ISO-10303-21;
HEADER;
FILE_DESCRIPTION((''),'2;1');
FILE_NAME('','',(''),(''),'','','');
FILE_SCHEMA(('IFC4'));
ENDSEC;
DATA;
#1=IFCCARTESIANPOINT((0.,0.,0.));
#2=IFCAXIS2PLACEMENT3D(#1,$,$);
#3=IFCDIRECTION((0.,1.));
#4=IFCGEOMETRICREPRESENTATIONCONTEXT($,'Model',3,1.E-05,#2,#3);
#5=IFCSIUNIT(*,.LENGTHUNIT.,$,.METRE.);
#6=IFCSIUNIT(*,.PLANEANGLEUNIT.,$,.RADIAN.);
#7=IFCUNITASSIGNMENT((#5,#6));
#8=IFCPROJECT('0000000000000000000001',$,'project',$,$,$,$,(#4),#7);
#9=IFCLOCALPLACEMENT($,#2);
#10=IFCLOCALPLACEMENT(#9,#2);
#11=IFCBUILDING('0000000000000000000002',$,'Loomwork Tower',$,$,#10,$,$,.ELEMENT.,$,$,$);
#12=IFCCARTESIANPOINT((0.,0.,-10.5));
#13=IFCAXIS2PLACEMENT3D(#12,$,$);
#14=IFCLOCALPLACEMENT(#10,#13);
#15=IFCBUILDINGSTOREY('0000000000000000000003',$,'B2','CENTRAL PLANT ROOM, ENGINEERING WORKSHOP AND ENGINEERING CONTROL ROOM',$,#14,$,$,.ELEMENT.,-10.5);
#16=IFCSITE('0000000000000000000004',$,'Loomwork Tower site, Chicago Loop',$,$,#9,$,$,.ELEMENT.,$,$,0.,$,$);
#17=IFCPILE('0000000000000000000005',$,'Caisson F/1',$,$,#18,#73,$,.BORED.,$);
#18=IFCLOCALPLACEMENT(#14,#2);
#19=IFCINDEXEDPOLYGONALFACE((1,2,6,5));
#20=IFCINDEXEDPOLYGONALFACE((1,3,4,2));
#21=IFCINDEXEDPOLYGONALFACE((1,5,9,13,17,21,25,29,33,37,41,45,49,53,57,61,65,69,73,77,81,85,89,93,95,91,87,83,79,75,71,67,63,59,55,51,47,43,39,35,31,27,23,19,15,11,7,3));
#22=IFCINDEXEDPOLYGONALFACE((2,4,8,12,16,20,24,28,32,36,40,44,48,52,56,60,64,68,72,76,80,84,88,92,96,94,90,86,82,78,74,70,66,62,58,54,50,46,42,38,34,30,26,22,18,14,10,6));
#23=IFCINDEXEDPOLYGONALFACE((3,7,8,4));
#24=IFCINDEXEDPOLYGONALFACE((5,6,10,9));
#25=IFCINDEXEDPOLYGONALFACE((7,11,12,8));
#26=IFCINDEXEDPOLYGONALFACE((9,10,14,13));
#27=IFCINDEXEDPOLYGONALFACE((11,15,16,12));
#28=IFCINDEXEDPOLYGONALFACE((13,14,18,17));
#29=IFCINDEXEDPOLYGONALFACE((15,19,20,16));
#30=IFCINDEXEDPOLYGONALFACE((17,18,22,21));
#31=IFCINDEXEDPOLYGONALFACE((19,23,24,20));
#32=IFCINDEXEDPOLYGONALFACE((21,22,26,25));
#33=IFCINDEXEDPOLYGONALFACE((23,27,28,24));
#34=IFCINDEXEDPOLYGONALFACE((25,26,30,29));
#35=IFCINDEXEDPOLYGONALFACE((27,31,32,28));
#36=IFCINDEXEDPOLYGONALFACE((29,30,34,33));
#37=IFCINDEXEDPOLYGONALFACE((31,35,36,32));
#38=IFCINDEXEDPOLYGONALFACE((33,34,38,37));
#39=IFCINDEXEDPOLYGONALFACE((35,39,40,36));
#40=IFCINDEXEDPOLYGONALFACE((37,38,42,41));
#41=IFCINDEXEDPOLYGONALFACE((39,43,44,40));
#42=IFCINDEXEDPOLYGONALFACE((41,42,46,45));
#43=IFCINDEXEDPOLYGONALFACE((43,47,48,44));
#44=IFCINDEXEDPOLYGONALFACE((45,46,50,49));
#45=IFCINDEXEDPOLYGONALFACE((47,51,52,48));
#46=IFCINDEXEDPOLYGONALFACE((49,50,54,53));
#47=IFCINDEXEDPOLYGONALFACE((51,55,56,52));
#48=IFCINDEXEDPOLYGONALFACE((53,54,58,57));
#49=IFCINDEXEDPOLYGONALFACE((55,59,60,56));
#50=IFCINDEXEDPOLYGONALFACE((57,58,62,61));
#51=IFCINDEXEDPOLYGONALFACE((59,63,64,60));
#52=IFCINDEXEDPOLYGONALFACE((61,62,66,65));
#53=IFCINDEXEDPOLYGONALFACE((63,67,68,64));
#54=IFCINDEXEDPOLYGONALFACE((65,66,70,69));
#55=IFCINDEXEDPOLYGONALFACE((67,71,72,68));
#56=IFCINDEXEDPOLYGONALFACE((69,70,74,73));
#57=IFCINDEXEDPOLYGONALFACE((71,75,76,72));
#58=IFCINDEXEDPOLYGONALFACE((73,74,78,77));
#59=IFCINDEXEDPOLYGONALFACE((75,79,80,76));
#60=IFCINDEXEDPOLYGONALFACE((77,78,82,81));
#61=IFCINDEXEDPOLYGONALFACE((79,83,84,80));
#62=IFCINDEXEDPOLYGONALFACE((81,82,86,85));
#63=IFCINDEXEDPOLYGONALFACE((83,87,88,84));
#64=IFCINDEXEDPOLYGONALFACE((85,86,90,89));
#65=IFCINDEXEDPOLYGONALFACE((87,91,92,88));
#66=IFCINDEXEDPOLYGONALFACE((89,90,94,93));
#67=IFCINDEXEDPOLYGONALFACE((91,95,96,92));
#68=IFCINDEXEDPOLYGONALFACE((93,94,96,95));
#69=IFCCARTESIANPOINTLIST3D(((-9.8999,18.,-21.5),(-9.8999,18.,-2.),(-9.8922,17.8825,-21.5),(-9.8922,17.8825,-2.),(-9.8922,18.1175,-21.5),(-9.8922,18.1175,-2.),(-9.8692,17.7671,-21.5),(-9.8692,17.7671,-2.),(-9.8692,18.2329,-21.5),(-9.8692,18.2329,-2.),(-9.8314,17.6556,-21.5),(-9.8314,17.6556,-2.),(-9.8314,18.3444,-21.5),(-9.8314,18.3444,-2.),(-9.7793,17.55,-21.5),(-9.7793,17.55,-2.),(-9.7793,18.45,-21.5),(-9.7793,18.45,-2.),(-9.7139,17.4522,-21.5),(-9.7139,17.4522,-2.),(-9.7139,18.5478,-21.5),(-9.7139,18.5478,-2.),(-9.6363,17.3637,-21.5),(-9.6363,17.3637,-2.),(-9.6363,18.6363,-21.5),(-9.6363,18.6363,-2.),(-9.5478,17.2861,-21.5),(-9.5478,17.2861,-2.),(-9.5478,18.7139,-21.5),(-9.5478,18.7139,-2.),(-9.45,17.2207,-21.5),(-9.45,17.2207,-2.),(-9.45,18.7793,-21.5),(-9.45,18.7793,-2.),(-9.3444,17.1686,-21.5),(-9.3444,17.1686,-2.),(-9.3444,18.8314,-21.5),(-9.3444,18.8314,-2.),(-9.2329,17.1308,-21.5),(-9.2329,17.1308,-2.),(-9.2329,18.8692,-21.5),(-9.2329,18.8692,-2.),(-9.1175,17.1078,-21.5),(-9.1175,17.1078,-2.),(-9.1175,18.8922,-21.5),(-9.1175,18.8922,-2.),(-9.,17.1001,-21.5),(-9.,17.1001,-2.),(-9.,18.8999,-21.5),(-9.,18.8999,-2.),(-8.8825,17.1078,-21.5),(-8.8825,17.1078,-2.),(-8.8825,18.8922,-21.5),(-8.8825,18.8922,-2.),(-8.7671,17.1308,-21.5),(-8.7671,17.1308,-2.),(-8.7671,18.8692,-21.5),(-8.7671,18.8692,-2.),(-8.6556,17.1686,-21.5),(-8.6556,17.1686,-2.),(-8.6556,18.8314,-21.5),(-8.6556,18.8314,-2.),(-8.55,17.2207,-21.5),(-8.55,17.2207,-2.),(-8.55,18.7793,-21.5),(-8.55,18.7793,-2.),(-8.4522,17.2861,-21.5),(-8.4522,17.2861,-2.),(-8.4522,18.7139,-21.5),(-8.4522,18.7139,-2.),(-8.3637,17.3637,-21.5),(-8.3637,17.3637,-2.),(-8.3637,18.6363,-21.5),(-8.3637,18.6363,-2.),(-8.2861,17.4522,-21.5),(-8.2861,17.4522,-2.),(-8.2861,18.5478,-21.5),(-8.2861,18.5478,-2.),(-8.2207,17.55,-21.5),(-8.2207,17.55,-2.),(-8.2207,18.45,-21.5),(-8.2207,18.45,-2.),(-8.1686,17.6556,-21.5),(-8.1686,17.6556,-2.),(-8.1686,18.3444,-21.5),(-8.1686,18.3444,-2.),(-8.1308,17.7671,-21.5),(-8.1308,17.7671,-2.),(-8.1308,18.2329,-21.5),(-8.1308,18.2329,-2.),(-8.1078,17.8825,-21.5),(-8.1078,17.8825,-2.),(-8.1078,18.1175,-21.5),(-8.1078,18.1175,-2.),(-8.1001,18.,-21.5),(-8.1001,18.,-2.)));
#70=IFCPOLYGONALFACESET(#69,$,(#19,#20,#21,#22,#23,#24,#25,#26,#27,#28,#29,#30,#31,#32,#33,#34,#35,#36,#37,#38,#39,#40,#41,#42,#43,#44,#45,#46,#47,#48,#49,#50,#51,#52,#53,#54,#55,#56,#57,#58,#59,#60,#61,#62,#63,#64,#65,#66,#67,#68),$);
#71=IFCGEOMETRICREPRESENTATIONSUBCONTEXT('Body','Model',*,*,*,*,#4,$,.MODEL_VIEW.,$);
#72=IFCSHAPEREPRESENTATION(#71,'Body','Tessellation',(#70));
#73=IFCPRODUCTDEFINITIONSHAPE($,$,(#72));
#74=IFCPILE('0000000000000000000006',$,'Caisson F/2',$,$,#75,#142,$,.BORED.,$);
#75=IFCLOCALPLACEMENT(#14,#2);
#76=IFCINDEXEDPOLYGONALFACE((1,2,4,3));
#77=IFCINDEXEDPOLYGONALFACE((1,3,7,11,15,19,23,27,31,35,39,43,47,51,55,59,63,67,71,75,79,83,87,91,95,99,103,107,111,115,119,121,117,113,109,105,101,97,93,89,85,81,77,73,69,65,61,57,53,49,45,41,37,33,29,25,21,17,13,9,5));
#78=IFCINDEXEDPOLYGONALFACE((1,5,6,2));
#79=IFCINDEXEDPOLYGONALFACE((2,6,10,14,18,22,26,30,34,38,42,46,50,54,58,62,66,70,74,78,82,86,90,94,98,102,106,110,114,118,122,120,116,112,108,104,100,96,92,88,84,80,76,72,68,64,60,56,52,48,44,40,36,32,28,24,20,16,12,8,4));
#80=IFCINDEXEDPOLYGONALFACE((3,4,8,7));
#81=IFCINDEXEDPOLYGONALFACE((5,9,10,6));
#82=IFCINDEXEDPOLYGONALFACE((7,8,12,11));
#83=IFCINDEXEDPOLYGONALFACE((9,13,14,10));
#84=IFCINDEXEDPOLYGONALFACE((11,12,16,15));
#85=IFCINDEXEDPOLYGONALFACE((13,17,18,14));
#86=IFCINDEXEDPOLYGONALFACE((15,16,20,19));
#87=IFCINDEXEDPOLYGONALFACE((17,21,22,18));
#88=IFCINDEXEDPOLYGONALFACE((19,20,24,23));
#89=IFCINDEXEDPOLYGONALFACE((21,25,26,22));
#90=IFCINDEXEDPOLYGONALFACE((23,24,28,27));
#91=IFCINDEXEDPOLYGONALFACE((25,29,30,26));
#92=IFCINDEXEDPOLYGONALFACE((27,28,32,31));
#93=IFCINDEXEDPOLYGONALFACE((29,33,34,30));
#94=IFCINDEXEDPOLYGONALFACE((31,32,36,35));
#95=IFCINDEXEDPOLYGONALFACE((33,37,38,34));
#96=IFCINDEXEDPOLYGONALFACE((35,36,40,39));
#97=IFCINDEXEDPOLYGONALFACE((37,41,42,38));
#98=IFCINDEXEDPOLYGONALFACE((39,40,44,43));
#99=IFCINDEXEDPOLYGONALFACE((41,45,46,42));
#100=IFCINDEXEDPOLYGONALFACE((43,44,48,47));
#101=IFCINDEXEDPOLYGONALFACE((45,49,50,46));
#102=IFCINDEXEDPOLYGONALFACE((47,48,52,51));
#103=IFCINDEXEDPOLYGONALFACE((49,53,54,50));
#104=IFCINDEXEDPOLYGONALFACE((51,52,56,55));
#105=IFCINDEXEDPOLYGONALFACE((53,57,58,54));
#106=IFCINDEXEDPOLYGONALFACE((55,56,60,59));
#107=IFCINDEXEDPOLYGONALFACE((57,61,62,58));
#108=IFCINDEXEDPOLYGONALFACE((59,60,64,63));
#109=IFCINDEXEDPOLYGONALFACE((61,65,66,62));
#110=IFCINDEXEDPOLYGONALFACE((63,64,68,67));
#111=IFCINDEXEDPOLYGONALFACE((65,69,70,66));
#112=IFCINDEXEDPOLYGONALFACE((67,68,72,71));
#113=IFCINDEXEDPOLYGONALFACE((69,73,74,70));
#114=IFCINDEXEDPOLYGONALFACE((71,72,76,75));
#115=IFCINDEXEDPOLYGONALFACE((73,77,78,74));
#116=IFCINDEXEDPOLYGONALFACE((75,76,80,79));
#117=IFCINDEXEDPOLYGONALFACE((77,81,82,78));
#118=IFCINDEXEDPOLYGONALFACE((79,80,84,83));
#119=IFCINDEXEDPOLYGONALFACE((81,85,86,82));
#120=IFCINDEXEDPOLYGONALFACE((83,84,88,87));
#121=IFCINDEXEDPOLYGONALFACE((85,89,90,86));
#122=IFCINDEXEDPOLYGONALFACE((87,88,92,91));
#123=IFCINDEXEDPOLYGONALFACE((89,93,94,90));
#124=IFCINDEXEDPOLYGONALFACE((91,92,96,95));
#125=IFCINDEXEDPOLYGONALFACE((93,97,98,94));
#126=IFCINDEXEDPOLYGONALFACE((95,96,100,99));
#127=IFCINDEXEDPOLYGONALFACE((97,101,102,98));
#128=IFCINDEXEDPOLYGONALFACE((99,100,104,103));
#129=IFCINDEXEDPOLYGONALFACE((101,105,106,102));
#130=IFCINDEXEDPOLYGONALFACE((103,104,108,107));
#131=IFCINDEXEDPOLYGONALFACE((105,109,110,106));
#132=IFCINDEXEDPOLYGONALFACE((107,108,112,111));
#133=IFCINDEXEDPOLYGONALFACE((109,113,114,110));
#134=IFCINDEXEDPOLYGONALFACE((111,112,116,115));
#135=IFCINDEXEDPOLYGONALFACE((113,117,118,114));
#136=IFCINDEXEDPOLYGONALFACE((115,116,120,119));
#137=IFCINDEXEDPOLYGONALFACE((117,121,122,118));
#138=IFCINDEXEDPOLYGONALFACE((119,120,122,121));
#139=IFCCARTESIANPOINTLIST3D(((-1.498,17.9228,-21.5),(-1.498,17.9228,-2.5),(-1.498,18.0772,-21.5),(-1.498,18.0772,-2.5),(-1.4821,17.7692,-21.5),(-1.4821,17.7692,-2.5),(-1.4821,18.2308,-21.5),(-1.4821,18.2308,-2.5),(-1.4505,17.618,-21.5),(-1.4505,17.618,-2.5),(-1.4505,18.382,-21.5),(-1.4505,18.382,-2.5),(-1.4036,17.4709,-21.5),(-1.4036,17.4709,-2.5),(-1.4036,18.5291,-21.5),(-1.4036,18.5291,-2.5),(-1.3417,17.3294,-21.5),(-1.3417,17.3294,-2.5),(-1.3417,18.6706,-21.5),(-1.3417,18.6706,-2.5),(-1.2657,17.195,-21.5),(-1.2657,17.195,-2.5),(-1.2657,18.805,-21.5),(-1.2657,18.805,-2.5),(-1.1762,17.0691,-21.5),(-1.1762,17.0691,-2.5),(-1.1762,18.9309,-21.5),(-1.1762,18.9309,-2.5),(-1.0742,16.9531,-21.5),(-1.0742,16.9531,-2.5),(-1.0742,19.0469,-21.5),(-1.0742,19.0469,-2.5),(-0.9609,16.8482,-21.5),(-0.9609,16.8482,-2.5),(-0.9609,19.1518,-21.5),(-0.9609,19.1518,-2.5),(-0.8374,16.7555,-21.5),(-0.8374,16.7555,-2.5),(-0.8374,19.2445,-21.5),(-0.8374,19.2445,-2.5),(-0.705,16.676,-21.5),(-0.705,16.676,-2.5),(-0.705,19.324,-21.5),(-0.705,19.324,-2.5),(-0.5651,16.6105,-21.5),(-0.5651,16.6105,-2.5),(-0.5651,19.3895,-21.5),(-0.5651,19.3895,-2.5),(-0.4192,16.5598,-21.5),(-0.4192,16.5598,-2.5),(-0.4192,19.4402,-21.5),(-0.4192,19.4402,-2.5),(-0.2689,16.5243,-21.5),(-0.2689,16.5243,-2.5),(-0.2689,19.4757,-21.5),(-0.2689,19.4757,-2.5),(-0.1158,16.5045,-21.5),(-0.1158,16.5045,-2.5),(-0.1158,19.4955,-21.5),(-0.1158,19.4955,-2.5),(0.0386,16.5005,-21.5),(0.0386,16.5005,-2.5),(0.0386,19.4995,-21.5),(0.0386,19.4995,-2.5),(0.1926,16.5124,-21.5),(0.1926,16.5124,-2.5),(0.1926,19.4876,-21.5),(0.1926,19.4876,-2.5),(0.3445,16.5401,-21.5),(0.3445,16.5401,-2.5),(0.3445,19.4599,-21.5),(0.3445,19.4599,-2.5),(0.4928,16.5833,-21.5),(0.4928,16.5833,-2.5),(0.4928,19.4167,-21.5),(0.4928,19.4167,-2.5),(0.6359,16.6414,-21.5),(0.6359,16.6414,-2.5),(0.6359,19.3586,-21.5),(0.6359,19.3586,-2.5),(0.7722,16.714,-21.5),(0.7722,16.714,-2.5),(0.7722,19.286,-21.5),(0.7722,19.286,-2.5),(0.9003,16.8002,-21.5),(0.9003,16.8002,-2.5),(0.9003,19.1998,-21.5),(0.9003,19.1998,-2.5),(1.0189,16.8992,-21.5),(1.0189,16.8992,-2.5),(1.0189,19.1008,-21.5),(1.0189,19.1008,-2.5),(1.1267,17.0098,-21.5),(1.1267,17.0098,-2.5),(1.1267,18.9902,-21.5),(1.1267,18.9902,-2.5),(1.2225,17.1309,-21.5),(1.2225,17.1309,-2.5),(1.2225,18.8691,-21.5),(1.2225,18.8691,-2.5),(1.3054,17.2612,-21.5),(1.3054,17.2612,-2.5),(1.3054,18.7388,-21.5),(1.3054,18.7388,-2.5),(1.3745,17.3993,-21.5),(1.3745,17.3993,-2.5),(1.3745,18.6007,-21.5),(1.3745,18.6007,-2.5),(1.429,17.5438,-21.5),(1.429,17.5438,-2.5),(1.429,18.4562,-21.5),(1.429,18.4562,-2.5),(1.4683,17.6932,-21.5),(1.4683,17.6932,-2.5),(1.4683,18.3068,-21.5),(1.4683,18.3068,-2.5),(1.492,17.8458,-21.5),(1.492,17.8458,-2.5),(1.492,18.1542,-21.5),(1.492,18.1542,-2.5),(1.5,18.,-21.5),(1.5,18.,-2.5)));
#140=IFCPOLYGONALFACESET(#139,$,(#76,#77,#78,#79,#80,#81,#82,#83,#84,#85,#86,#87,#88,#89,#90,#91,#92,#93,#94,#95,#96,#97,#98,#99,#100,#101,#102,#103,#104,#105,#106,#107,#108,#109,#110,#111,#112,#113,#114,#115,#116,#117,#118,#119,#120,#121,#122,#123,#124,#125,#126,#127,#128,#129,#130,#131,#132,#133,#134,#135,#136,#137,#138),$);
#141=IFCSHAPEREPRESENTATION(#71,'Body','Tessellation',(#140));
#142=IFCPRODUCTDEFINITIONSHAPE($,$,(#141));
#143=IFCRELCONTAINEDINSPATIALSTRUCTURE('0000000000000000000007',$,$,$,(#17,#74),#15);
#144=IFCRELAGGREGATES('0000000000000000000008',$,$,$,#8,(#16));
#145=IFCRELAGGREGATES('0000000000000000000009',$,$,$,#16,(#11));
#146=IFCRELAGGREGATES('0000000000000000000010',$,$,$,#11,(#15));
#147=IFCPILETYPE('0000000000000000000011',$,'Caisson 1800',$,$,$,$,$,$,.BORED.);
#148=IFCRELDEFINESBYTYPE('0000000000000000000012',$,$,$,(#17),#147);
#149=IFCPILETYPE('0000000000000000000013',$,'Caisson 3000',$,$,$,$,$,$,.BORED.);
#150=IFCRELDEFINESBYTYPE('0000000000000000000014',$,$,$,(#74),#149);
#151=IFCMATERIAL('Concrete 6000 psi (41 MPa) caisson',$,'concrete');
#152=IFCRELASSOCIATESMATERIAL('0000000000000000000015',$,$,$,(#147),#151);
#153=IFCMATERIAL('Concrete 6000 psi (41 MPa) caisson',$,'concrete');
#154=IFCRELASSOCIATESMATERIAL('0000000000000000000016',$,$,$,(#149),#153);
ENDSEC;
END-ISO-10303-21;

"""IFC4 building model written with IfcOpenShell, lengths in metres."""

from ifc_helpers import new_model, si_unit, direction, frame, origin, origin_2d, place, context, subcontext, project, spatial, circle, extrude, material, material_profile, profile_set, type_object, element, save


model = new_model("IFC4")

# Units and contexts
model_context = context("Model", 3, precision=1e-05, world=origin(), true_north=direction((0.0, 1.0)))
body_context = subcontext(model_context, "Body", "Model", "MODEL_VIEW")
ifc_project = project(units=[si_unit("LENGTHUNIT", "METRE"), si_unit("PLANEANGLEUNIT", "RADIAN")], contexts=[model_context])

# Site, building, storey
site_placement = place(None, origin())
site = spatial("IfcSite", under=ifc_project, at=site_placement, Name="Loomwork Tower site, Chicago Loop", CompositionType="ELEMENT", RefElevation=0.0)
building_placement = place(site_placement, origin())
building = spatial("IfcBuilding", under=site, at=building_placement, Name="Loomwork Tower", CompositionType="ELEMENT")
storey_placement = place(building_placement, frame((0.0, 0.0, -10.5)))
storey = spatial("IfcBuildingStorey", under=building, at=storey_placement, Name="B2", Description="CENTRAL PLANT ROOM, ENGINEERING WORKSHOP AND ENGINEERING CONTROL ROOM", CompositionType="ELEMENT", Elevation=-10.5)

# Piles
ifc_material_1 = material(Name="Concrete 6000 psi (41 MPa) caisson", Category="concrete")
ifc_material_profile_1 = material_profile(ifc_material_1, circle(Radius=0.8999, at=origin_2d()), Name="D1800")
ifc_profile_set_1 = profile_set([ifc_material_profile_1], Name="Concrete 6000 psi (41 MPa) caisson")
pile_type_1 = type_object("IfcPileType", Name="Caisson 1800", PredefinedType="BORED", material=ifc_profile_set_1)
pile_1_placement = place(storey_placement, frame((-9.0, 18.0, -2.0), z_axis=(0.0, 0.0, -1.0), x_axis=(1.0, 0.0, 0.0)))
element("IfcPile", 1, at=pile_1_placement, inside=storey, type_object=pile_type_1, Name="Caisson F/1", PredefinedType="BORED", context=body_context, shape_type="SweptSolid", body=[
    extrude(circle(Radius=0.8999, at=origin_2d()), origin(), (0.0, 0.0, 1.0), 19.5),
])
ifc_material_2 = material(Name="Concrete 6000 psi (41 MPa) caisson", Category="concrete")
ifc_material_profile_2 = material_profile(ifc_material_2, circle(Radius=1.5, at=origin_2d()), Name="D3000")
ifc_profile_set_2 = profile_set([ifc_material_profile_2], Name="Concrete 6000 psi (41 MPa) caisson")
pile_type_2 = type_object("IfcPileType", Name="Caisson 3000", PredefinedType="BORED", material=ifc_profile_set_2)
pile_2_placement = place(storey_placement, frame((0.0, 18.0, -2.5), z_axis=(0.0, 0.0, -1.0), x_axis=(1.0, 0.0, 0.0)))
element("IfcPile", 2, at=pile_2_placement, inside=storey, type_object=pile_type_2, Name="Caisson F/2", PredefinedType="BORED", context=body_context, shape_type="SweptSolid", body=[
    extrude(circle(Radius=1.5, at=origin_2d()), origin(), (0.0, 0.0, 1.0), 19.0),
])

save(model, "model.ifc")
